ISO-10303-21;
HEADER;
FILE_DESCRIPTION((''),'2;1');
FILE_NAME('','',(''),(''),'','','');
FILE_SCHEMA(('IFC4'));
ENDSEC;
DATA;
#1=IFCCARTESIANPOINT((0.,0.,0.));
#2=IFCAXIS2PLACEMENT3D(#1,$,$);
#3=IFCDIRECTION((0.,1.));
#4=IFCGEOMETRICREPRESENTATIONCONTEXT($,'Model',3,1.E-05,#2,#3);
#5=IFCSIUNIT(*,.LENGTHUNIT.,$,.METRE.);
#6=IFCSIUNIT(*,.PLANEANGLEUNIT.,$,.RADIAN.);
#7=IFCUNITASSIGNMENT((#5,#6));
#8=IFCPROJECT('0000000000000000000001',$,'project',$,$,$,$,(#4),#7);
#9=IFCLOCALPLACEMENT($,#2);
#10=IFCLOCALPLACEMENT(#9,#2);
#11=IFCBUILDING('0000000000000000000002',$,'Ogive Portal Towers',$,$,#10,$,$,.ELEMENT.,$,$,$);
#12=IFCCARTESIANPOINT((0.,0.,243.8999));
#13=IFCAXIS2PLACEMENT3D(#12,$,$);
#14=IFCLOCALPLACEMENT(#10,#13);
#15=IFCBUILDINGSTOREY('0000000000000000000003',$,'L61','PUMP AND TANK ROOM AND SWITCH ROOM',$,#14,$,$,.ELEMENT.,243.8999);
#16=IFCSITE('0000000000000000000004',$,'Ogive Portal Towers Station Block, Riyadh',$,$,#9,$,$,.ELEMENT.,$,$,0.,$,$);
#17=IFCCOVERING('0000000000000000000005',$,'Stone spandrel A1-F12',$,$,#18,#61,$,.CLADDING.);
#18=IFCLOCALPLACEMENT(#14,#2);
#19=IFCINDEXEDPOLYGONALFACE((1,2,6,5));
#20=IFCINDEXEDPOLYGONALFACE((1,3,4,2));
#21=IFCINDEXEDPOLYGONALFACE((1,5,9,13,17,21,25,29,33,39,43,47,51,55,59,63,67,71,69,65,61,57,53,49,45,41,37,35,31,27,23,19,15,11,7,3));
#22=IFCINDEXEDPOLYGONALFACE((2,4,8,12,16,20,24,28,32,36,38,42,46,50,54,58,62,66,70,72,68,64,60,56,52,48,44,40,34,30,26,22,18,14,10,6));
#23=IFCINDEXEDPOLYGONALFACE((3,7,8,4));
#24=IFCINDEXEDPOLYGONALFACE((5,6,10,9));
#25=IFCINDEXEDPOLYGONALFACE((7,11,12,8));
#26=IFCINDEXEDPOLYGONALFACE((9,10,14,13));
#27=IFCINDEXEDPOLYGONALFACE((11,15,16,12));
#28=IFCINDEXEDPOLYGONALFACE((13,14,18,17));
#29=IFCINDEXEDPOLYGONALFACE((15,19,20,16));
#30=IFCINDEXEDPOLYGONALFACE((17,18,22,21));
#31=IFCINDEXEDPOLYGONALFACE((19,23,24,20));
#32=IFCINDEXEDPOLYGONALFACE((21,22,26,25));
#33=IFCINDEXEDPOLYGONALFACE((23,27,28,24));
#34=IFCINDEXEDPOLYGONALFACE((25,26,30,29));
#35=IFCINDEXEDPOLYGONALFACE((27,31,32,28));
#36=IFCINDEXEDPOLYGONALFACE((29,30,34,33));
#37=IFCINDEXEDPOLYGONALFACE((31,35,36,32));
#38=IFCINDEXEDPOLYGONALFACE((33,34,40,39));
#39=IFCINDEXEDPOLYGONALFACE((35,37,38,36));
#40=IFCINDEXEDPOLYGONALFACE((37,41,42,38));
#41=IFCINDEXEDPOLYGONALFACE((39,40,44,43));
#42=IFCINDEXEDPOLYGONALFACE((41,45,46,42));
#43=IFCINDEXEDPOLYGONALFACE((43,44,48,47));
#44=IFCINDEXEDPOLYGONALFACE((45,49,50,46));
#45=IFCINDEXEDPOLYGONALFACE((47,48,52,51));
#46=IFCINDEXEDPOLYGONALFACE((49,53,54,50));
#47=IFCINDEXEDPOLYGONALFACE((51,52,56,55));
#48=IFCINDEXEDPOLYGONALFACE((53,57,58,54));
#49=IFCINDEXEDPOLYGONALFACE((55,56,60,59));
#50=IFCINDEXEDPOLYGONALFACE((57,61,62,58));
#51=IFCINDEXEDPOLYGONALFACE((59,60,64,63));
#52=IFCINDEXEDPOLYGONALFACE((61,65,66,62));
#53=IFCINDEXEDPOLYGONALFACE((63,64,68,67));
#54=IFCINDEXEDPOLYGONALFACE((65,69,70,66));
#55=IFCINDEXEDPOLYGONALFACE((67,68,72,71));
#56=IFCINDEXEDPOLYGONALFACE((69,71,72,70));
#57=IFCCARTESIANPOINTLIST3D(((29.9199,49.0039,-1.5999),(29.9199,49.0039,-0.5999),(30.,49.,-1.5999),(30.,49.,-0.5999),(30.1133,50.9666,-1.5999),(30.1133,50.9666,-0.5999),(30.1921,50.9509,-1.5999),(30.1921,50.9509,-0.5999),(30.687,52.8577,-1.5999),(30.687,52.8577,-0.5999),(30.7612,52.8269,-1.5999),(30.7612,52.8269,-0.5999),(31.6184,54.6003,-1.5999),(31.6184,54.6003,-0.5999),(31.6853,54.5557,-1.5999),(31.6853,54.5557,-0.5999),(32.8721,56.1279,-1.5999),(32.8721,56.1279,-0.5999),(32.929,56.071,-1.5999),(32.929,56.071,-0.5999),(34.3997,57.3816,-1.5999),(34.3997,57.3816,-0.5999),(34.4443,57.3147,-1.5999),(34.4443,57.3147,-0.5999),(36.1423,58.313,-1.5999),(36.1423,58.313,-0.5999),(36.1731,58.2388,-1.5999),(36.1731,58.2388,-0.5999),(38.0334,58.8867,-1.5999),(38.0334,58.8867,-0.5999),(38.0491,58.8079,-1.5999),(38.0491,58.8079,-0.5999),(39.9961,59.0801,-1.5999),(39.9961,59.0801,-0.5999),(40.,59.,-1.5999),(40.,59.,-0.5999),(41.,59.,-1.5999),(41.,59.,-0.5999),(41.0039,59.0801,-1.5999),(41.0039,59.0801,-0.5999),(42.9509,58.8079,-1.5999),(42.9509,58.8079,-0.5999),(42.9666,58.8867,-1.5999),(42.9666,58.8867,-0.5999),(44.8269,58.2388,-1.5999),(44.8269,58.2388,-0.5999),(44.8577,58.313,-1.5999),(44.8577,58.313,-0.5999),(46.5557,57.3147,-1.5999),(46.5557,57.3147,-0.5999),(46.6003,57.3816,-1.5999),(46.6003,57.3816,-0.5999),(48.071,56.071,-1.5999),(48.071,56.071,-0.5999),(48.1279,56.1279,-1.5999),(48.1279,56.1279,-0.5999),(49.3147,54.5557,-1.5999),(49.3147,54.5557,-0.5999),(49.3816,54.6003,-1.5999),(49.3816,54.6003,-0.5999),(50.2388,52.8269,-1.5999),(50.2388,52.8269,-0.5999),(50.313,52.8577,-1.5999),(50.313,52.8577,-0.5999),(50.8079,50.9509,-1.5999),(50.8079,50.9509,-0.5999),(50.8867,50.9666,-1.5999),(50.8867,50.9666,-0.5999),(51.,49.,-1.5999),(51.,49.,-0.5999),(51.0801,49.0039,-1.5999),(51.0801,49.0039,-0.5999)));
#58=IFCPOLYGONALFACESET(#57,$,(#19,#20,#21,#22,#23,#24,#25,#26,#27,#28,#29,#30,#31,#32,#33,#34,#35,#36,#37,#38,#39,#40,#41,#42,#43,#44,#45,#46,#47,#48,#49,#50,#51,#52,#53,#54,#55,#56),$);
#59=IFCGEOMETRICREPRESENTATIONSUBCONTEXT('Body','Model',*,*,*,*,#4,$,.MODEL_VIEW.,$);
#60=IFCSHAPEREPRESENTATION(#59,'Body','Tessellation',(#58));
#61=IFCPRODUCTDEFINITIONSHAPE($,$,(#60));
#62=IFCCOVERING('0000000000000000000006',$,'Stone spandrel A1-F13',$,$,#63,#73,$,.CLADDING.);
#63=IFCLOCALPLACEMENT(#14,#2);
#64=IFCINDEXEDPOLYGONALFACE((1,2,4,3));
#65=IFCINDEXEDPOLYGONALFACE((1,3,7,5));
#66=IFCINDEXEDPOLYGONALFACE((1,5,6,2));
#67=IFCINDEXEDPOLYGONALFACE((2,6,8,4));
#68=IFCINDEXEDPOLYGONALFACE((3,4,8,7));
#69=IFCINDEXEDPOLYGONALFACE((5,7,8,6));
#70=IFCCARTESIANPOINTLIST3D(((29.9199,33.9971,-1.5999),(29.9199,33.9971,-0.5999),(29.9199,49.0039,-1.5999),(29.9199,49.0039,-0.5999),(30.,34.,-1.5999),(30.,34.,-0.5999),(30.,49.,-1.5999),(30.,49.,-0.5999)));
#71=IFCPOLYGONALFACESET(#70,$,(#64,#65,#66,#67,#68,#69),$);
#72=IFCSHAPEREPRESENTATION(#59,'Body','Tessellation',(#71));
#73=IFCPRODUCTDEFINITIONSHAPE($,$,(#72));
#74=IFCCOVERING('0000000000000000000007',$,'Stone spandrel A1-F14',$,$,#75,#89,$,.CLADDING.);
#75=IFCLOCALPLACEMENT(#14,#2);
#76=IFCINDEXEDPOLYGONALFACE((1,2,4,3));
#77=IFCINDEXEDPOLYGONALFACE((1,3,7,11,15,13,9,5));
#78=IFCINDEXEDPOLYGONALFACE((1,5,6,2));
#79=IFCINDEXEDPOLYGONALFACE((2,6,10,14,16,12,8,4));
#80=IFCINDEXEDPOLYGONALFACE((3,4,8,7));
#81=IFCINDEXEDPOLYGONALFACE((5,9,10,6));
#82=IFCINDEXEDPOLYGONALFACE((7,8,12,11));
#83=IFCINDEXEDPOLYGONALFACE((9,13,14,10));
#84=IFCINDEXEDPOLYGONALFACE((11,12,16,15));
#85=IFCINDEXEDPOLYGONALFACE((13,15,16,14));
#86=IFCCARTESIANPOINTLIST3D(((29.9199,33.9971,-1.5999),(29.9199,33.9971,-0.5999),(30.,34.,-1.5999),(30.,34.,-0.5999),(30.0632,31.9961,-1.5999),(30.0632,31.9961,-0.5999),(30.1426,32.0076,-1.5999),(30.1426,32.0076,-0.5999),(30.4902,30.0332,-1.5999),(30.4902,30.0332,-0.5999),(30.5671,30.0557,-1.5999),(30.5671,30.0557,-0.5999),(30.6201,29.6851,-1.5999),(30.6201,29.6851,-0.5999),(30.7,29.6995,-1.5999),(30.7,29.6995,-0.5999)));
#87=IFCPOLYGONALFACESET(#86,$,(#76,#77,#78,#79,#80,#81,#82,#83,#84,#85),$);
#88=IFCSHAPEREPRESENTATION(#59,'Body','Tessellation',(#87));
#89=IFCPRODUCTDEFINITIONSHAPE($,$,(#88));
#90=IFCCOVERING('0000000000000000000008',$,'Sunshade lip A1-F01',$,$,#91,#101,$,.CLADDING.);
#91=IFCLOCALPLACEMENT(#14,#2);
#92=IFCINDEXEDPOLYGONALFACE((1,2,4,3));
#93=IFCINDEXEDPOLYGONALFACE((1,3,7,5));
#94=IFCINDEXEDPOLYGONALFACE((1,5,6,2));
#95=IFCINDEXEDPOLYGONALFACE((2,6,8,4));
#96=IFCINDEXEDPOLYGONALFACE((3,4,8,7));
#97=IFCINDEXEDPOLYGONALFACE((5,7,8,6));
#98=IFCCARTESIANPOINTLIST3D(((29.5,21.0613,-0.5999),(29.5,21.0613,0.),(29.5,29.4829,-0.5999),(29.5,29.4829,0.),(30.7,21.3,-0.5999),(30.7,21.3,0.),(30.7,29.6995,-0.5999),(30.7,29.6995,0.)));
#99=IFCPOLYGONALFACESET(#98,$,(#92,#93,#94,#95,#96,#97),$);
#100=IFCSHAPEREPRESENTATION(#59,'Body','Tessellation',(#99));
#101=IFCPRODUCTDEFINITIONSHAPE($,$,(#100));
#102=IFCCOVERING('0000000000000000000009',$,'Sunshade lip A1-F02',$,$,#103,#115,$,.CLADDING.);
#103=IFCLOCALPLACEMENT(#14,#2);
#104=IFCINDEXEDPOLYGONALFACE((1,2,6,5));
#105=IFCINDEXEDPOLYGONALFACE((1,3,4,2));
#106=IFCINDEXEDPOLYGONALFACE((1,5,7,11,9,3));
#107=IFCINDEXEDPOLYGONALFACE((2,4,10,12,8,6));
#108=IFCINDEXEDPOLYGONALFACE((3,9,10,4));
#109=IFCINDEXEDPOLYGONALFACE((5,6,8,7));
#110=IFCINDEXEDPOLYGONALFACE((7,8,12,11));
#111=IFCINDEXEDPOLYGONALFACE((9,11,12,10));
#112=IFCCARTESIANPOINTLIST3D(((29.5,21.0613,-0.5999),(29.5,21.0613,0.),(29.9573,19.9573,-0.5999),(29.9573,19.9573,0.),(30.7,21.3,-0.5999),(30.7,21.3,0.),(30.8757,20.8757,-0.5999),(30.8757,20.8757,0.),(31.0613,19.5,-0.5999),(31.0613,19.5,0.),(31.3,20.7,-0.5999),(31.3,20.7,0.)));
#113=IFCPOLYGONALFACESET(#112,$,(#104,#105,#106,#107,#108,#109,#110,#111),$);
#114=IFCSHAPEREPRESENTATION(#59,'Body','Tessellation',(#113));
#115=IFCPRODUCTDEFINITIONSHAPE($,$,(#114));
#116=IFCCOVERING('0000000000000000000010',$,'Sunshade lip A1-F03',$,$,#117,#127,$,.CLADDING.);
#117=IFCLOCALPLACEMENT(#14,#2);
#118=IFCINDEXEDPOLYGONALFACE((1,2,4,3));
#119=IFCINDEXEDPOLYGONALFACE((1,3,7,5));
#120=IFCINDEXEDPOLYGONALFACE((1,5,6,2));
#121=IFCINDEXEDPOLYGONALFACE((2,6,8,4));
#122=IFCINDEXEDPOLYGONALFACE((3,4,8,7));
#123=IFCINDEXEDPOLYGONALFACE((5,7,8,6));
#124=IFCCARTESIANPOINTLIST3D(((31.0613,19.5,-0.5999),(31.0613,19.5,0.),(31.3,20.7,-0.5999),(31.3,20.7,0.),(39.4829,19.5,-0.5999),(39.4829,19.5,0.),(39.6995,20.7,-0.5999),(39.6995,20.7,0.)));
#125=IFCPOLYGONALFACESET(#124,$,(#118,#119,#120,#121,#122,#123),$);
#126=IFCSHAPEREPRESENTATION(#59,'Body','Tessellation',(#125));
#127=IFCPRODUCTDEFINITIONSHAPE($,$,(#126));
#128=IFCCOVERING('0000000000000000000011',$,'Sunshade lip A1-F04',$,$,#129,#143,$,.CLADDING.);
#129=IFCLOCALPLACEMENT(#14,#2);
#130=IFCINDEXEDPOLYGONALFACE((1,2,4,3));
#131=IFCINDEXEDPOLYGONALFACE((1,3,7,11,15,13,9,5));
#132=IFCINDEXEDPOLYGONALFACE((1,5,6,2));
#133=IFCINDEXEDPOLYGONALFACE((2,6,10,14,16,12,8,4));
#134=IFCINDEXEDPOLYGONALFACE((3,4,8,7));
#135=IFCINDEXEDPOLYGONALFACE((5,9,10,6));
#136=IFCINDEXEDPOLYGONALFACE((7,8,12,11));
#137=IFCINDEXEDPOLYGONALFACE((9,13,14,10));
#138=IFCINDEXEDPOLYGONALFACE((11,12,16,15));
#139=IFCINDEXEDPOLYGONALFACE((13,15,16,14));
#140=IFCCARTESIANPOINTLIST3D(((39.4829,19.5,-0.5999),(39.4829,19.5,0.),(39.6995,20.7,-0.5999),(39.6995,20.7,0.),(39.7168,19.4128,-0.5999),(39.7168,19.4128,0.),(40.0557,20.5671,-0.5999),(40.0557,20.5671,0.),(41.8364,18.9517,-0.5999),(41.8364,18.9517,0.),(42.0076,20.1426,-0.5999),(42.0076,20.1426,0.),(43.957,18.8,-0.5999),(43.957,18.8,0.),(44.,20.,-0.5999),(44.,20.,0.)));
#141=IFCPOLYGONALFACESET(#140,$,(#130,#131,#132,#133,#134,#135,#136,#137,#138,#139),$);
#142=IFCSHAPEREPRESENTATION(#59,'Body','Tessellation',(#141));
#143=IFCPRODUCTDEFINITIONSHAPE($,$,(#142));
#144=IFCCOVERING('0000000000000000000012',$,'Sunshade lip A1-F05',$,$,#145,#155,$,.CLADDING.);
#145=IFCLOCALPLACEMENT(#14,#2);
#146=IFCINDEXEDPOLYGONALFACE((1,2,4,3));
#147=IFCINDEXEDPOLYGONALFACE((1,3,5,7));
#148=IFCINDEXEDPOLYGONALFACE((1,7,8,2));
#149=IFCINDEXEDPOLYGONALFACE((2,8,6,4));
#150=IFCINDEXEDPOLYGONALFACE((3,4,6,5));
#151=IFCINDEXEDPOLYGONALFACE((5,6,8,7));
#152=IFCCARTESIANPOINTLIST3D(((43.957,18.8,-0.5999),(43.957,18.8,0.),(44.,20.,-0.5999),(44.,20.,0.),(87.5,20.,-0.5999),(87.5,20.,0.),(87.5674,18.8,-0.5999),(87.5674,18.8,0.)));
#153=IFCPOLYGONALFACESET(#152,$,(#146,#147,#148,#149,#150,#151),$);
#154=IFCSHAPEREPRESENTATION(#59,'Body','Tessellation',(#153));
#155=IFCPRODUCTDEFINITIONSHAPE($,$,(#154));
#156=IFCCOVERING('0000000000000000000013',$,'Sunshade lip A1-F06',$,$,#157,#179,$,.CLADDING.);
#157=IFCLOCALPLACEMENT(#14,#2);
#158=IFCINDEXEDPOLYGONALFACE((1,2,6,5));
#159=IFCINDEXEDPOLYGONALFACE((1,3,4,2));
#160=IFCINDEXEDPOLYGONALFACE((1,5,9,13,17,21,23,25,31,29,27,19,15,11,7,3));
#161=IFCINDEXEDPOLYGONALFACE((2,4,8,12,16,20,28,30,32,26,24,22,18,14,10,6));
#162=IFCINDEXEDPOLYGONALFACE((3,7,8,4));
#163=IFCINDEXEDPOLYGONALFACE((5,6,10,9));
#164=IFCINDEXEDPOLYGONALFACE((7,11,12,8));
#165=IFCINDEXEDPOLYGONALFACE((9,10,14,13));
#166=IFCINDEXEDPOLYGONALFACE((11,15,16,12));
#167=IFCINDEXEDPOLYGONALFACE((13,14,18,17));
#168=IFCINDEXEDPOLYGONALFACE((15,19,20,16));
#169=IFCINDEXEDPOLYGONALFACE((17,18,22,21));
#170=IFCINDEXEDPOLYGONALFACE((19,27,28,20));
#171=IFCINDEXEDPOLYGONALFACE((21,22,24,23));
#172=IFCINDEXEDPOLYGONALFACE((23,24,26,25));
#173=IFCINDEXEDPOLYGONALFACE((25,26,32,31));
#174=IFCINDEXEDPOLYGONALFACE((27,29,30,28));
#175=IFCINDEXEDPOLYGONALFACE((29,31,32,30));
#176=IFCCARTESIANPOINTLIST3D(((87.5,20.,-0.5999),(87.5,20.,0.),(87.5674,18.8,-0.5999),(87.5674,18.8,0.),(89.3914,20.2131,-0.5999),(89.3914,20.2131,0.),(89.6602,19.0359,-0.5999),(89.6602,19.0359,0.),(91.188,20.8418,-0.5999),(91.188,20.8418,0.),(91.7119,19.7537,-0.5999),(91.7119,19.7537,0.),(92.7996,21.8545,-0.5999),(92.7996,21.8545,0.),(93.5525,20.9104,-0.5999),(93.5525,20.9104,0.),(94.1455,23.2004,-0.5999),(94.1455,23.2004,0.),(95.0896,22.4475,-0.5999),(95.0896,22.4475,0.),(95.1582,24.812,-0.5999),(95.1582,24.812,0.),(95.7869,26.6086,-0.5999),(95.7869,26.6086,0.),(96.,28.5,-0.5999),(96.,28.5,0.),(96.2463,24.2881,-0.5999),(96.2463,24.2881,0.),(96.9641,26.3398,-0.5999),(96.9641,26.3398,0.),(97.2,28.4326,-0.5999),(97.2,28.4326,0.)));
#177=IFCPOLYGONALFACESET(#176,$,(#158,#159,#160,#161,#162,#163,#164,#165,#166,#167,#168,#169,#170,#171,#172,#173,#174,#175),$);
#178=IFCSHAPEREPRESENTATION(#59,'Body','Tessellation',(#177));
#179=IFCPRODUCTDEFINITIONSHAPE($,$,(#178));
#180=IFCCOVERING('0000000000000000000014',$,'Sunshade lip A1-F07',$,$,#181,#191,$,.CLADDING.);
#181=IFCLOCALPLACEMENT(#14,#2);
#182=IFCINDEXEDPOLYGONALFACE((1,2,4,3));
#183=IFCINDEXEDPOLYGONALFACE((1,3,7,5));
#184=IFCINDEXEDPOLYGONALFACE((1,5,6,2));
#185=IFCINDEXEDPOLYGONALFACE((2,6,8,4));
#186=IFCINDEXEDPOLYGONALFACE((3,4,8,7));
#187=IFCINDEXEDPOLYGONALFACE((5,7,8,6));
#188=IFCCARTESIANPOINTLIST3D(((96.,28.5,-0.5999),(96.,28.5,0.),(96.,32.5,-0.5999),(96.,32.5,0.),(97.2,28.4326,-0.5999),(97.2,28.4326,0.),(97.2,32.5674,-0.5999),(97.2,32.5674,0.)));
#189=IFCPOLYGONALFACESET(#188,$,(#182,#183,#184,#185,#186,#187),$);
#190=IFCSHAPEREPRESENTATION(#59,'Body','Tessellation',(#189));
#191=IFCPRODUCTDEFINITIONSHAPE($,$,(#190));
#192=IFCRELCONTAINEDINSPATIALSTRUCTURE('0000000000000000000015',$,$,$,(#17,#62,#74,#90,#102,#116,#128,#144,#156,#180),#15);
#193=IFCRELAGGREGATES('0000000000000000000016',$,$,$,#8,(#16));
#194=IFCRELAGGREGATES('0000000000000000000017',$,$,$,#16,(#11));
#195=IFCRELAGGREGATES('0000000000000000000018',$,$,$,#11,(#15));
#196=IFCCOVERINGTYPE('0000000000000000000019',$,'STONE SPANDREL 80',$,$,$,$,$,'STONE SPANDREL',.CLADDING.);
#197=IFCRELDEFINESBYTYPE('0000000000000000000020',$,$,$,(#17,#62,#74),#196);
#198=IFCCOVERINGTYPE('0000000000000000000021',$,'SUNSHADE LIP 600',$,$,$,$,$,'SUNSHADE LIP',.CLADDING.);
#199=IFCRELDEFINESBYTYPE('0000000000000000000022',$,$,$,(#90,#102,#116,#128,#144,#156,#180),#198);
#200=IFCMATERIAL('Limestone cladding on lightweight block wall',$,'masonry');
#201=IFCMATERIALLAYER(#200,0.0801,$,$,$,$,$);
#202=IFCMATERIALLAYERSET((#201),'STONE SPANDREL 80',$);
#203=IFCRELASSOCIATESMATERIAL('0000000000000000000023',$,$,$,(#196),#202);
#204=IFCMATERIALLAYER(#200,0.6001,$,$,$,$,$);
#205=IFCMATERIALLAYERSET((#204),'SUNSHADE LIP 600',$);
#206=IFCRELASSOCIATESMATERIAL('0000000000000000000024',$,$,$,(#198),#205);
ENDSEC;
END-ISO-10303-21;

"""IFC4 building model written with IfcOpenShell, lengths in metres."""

from ifc_helpers import new_model, si_unit, direction, frame, origin, place, context, subcontext, project, spatial, polyline, outline, extrude, material, layer, layer_set, type_object, element, save


model = new_model("IFC4")

# Units and contexts
model_context = context("Model", 3, precision=1e-05, world=origin(), true_north=direction((0.0, 1.0)))
body_context = subcontext(model_context, "Body", "Model", "MODEL_VIEW")
ifc_project = project(units=[si_unit("LENGTHUNIT", "METRE"), si_unit("PLANEANGLEUNIT", "RADIAN")], contexts=[model_context])

# Site, building, storey
site_placement = place(None, origin())
site = spatial("IfcSite", under=ifc_project, at=site_placement, Name="Ogive Portal Towers Station Block, Riyadh", CompositionType="ELEMENT", RefElevation=0.0)
building_placement = place(site_placement, origin())
building = spatial("IfcBuilding", under=site, at=building_placement, Name="Ogive Portal Towers", CompositionType="ELEMENT")
storey_placement = place(building_placement, frame((0.0, 0.0, 243.8999)))
storey = spatial("IfcBuildingStorey", under=building, at=storey_placement, Name="L61", Description="PUMP AND TANK ROOM AND SWITCH ROOM", CompositionType="ELEMENT", Elevation=243.8999)

# Coverings
ifc_material_1 = material(Name="Limestone cladding on lightweight block wall", Category="masonry")
ifc_layer_1 = layer(ifc_material_1, 0.0801)
ifc_layer_set_1 = layer_set([ifc_layer_1], Name="STONE SPANDREL 80")
covering_type_1 = type_object("IfcCoveringType", Name="STONE SPANDREL 80", ElementType="STONE SPANDREL", PredefinedType="CLADDING", material=ifc_layer_set_1)
covering_1_placement = place(storey_placement, frame((0.0, 0.0, -1.5999)))
element("IfcCovering", 1, at=covering_1_placement, inside=storey, type_object=covering_type_1, Name="Stone spandrel A1-F12", PredefinedType="CLADDING", context=body_context, shape_type="SweptSolid", body=[
    extrude(outline(polyline([(51.0, 49.0), (50.8079, 50.9509), (50.2388, 52.8269), (49.3147, 54.5557), (48.071, 56.071), (46.5557, 57.3147), (44.8269, 58.2388), (42.9509, 58.8079), (41.0, 59.0), (40.0, 59.0), (38.0491, 58.8079), (36.1731, 58.2388), (34.4443, 57.3147), (32.929, 56.071), (31.6853, 54.5557), (30.7612, 52.8269), (30.1921, 50.9509), (30.0, 49.0), (29.9199, 49.0039), (30.1133, 50.9666), (30.687, 52.8577), (31.6184, 54.6003), (32.8721, 56.1279), (34.3997, 57.3816), (36.1423, 58.313), (38.0334, 58.8867), (39.9961, 59.0801), (41.0039, 59.0801), (42.9666, 58.8867), (44.8577, 58.313), (46.6003, 57.3816), (48.1279, 56.1279), (49.3816, 54.6003), (50.313, 52.8577), (50.8867, 50.9666), (51.0801, 49.0039), (51.0, 49.0)])), origin(), (0.0, 0.0, 1.0), 1.0),
])
covering_2_placement = place(storey_placement, frame((0.0, 0.0, -1.5999)))
element("IfcCovering", 2, at=covering_2_placement, inside=storey, type_object=covering_type_1, Name="Stone spandrel A1-F13", PredefinedType="CLADDING", context=body_context, shape_type="SweptSolid", body=[
    extrude(outline(polyline([(30.0, 49.0), (30.0, 34.0), (29.9199, 33.9971), (29.9199, 49.0039), (30.0, 49.0)])), origin(), (0.0, 0.0, 1.0), 1.0),
])
covering_3_placement = place(storey_placement, frame((0.0, 0.0, -1.5999)))
element("IfcCovering", 3, at=covering_3_placement, inside=storey, type_object=covering_type_1, Name="Stone spandrel A1-F14", PredefinedType="CLADDING", context=body_context, shape_type="SweptSolid", body=[
    extrude(outline(polyline([(30.0, 34.0), (30.1426, 32.0076), (30.5671, 30.0557), (30.7, 29.6995), (30.6201, 29.6851), (30.4902, 30.0332), (30.0632, 31.9961), (29.9199, 33.9971), (30.0, 34.0)])), origin(), (0.0, 0.0, 1.0), 1.0),
])
ifc_layer_2 = layer(ifc_material_1, 0.6001)
ifc_layer_set_2 = layer_set([ifc_layer_2], Name="SUNSHADE LIP 600")
covering_type_2 = type_object("IfcCoveringType", Name="SUNSHADE LIP 600", ElementType="SUNSHADE LIP", PredefinedType="CLADDING", material=ifc_layer_set_2)
covering_4_placement = place(storey_placement, frame((0.0, 0.0, -0.5999)))
element("IfcCovering", 4, at=covering_4_placement, inside=storey, type_object=covering_type_2, Name="Sunshade lip A1-F01", PredefinedType="CLADDING", context=body_context, shape_type="SweptSolid", body=[
    extrude(outline(polyline([(30.7, 29.6995), (30.7, 21.3), (29.5, 21.0613), (29.5, 29.4829), (30.7, 29.6995)])), origin(), (0.0, 0.0, 1.0), 0.5999),
])
covering_5_placement = place(storey_placement, frame((0.0, 0.0, -0.5999)))
element("IfcCovering", 5, at=covering_5_placement, inside=storey, type_object=covering_type_2, Name="Sunshade lip A1-F02", PredefinedType="CLADDING", context=body_context, shape_type="SweptSolid", body=[
    extrude(outline(polyline([(30.7, 21.3), (30.8757, 20.8757), (31.3, 20.7), (31.0613, 19.5), (29.9573, 19.9573), (29.5, 21.0613), (30.7, 21.3)])), origin(), (0.0, 0.0, 1.0), 0.5999),
])
covering_6_placement = place(storey_placement, frame((0.0, 0.0, -0.5999)))
element("IfcCovering", 6, at=covering_6_placement, inside=storey, type_object=covering_type_2, Name="Sunshade lip A1-F03", PredefinedType="CLADDING", context=body_context, shape_type="SweptSolid", body=[
    extrude(outline(polyline([(31.3, 20.7), (39.6995, 20.7), (39.4829, 19.5), (31.0613, 19.5), (31.3, 20.7)])), origin(), (0.0, 0.0, 1.0), 0.5999),
])
covering_7_placement = place(storey_placement, frame((0.0, 0.0, -0.5999)))
element("IfcCovering", 7, at=covering_7_placement, inside=storey, type_object=covering_type_2, Name="Sunshade lip A1-F04", PredefinedType="CLADDING", context=body_context, shape_type="SweptSolid", body=[
    extrude(outline(polyline([(39.6995, 20.7), (40.0557, 20.5671), (42.0076, 20.1426), (44.0, 20.0), (43.957, 18.8), (41.8364, 18.9517), (39.7168, 19.4128), (39.4829, 19.5), (39.6995, 20.7)])), origin(), (0.0, 0.0, 1.0), 0.5999),
])
covering_8_placement = place(storey_placement, frame((0.0, 0.0, -0.5999)))
element("IfcCovering", 8, at=covering_8_placement, inside=storey, type_object=covering_type_2, Name="Sunshade lip A1-F05", PredefinedType="CLADDING", context=body_context, shape_type="SweptSolid", body=[
    extrude(outline(polyline([(44.0, 20.0), (87.5, 20.0), (87.5674, 18.8), (43.957, 18.8), (44.0, 20.0)])), origin(), (0.0, 0.0, 1.0), 0.5999),
])
covering_9_placement = place(storey_placement, frame((0.0, 0.0, -0.5999)))
element("IfcCovering", 9, at=covering_9_placement, inside=storey, type_object=covering_type_2, Name="Sunshade lip A1-F06", PredefinedType="CLADDING", context=body_context, shape_type="SweptSolid", body=[
    extrude(outline(polyline([(87.5, 20.0), (89.3914, 20.2131), (91.188, 20.8418), (92.7996, 21.8545), (94.1455, 23.2004), (95.1582, 24.812), (95.7869, 26.6086), (96.0, 28.5), (97.2, 28.4326), (96.9641, 26.3398), (96.2463, 24.2881), (95.0896, 22.4475), (93.5525, 20.9104), (91.7119, 19.7537), (89.6602, 19.0359), (87.5674, 18.8), (87.5, 20.0)])), origin(), (0.0, 0.0, 1.0), 0.5999),
])
covering_10_placement = place(storey_placement, frame((0.0, 0.0, -0.5999)))
element("IfcCovering", 10, at=covering_10_placement, inside=storey, type_object=covering_type_2, Name="Sunshade lip A1-F07", PredefinedType="CLADDING", context=body_context, shape_type="SweptSolid", body=[
    extrude(outline(polyline([(96.0, 28.5), (96.0, 32.5), (97.2, 32.5674), (97.2, 28.4326), (96.0, 28.5)])), origin(), (0.0, 0.0, 1.0), 0.5999),
])

save(model, "model.ifc")
